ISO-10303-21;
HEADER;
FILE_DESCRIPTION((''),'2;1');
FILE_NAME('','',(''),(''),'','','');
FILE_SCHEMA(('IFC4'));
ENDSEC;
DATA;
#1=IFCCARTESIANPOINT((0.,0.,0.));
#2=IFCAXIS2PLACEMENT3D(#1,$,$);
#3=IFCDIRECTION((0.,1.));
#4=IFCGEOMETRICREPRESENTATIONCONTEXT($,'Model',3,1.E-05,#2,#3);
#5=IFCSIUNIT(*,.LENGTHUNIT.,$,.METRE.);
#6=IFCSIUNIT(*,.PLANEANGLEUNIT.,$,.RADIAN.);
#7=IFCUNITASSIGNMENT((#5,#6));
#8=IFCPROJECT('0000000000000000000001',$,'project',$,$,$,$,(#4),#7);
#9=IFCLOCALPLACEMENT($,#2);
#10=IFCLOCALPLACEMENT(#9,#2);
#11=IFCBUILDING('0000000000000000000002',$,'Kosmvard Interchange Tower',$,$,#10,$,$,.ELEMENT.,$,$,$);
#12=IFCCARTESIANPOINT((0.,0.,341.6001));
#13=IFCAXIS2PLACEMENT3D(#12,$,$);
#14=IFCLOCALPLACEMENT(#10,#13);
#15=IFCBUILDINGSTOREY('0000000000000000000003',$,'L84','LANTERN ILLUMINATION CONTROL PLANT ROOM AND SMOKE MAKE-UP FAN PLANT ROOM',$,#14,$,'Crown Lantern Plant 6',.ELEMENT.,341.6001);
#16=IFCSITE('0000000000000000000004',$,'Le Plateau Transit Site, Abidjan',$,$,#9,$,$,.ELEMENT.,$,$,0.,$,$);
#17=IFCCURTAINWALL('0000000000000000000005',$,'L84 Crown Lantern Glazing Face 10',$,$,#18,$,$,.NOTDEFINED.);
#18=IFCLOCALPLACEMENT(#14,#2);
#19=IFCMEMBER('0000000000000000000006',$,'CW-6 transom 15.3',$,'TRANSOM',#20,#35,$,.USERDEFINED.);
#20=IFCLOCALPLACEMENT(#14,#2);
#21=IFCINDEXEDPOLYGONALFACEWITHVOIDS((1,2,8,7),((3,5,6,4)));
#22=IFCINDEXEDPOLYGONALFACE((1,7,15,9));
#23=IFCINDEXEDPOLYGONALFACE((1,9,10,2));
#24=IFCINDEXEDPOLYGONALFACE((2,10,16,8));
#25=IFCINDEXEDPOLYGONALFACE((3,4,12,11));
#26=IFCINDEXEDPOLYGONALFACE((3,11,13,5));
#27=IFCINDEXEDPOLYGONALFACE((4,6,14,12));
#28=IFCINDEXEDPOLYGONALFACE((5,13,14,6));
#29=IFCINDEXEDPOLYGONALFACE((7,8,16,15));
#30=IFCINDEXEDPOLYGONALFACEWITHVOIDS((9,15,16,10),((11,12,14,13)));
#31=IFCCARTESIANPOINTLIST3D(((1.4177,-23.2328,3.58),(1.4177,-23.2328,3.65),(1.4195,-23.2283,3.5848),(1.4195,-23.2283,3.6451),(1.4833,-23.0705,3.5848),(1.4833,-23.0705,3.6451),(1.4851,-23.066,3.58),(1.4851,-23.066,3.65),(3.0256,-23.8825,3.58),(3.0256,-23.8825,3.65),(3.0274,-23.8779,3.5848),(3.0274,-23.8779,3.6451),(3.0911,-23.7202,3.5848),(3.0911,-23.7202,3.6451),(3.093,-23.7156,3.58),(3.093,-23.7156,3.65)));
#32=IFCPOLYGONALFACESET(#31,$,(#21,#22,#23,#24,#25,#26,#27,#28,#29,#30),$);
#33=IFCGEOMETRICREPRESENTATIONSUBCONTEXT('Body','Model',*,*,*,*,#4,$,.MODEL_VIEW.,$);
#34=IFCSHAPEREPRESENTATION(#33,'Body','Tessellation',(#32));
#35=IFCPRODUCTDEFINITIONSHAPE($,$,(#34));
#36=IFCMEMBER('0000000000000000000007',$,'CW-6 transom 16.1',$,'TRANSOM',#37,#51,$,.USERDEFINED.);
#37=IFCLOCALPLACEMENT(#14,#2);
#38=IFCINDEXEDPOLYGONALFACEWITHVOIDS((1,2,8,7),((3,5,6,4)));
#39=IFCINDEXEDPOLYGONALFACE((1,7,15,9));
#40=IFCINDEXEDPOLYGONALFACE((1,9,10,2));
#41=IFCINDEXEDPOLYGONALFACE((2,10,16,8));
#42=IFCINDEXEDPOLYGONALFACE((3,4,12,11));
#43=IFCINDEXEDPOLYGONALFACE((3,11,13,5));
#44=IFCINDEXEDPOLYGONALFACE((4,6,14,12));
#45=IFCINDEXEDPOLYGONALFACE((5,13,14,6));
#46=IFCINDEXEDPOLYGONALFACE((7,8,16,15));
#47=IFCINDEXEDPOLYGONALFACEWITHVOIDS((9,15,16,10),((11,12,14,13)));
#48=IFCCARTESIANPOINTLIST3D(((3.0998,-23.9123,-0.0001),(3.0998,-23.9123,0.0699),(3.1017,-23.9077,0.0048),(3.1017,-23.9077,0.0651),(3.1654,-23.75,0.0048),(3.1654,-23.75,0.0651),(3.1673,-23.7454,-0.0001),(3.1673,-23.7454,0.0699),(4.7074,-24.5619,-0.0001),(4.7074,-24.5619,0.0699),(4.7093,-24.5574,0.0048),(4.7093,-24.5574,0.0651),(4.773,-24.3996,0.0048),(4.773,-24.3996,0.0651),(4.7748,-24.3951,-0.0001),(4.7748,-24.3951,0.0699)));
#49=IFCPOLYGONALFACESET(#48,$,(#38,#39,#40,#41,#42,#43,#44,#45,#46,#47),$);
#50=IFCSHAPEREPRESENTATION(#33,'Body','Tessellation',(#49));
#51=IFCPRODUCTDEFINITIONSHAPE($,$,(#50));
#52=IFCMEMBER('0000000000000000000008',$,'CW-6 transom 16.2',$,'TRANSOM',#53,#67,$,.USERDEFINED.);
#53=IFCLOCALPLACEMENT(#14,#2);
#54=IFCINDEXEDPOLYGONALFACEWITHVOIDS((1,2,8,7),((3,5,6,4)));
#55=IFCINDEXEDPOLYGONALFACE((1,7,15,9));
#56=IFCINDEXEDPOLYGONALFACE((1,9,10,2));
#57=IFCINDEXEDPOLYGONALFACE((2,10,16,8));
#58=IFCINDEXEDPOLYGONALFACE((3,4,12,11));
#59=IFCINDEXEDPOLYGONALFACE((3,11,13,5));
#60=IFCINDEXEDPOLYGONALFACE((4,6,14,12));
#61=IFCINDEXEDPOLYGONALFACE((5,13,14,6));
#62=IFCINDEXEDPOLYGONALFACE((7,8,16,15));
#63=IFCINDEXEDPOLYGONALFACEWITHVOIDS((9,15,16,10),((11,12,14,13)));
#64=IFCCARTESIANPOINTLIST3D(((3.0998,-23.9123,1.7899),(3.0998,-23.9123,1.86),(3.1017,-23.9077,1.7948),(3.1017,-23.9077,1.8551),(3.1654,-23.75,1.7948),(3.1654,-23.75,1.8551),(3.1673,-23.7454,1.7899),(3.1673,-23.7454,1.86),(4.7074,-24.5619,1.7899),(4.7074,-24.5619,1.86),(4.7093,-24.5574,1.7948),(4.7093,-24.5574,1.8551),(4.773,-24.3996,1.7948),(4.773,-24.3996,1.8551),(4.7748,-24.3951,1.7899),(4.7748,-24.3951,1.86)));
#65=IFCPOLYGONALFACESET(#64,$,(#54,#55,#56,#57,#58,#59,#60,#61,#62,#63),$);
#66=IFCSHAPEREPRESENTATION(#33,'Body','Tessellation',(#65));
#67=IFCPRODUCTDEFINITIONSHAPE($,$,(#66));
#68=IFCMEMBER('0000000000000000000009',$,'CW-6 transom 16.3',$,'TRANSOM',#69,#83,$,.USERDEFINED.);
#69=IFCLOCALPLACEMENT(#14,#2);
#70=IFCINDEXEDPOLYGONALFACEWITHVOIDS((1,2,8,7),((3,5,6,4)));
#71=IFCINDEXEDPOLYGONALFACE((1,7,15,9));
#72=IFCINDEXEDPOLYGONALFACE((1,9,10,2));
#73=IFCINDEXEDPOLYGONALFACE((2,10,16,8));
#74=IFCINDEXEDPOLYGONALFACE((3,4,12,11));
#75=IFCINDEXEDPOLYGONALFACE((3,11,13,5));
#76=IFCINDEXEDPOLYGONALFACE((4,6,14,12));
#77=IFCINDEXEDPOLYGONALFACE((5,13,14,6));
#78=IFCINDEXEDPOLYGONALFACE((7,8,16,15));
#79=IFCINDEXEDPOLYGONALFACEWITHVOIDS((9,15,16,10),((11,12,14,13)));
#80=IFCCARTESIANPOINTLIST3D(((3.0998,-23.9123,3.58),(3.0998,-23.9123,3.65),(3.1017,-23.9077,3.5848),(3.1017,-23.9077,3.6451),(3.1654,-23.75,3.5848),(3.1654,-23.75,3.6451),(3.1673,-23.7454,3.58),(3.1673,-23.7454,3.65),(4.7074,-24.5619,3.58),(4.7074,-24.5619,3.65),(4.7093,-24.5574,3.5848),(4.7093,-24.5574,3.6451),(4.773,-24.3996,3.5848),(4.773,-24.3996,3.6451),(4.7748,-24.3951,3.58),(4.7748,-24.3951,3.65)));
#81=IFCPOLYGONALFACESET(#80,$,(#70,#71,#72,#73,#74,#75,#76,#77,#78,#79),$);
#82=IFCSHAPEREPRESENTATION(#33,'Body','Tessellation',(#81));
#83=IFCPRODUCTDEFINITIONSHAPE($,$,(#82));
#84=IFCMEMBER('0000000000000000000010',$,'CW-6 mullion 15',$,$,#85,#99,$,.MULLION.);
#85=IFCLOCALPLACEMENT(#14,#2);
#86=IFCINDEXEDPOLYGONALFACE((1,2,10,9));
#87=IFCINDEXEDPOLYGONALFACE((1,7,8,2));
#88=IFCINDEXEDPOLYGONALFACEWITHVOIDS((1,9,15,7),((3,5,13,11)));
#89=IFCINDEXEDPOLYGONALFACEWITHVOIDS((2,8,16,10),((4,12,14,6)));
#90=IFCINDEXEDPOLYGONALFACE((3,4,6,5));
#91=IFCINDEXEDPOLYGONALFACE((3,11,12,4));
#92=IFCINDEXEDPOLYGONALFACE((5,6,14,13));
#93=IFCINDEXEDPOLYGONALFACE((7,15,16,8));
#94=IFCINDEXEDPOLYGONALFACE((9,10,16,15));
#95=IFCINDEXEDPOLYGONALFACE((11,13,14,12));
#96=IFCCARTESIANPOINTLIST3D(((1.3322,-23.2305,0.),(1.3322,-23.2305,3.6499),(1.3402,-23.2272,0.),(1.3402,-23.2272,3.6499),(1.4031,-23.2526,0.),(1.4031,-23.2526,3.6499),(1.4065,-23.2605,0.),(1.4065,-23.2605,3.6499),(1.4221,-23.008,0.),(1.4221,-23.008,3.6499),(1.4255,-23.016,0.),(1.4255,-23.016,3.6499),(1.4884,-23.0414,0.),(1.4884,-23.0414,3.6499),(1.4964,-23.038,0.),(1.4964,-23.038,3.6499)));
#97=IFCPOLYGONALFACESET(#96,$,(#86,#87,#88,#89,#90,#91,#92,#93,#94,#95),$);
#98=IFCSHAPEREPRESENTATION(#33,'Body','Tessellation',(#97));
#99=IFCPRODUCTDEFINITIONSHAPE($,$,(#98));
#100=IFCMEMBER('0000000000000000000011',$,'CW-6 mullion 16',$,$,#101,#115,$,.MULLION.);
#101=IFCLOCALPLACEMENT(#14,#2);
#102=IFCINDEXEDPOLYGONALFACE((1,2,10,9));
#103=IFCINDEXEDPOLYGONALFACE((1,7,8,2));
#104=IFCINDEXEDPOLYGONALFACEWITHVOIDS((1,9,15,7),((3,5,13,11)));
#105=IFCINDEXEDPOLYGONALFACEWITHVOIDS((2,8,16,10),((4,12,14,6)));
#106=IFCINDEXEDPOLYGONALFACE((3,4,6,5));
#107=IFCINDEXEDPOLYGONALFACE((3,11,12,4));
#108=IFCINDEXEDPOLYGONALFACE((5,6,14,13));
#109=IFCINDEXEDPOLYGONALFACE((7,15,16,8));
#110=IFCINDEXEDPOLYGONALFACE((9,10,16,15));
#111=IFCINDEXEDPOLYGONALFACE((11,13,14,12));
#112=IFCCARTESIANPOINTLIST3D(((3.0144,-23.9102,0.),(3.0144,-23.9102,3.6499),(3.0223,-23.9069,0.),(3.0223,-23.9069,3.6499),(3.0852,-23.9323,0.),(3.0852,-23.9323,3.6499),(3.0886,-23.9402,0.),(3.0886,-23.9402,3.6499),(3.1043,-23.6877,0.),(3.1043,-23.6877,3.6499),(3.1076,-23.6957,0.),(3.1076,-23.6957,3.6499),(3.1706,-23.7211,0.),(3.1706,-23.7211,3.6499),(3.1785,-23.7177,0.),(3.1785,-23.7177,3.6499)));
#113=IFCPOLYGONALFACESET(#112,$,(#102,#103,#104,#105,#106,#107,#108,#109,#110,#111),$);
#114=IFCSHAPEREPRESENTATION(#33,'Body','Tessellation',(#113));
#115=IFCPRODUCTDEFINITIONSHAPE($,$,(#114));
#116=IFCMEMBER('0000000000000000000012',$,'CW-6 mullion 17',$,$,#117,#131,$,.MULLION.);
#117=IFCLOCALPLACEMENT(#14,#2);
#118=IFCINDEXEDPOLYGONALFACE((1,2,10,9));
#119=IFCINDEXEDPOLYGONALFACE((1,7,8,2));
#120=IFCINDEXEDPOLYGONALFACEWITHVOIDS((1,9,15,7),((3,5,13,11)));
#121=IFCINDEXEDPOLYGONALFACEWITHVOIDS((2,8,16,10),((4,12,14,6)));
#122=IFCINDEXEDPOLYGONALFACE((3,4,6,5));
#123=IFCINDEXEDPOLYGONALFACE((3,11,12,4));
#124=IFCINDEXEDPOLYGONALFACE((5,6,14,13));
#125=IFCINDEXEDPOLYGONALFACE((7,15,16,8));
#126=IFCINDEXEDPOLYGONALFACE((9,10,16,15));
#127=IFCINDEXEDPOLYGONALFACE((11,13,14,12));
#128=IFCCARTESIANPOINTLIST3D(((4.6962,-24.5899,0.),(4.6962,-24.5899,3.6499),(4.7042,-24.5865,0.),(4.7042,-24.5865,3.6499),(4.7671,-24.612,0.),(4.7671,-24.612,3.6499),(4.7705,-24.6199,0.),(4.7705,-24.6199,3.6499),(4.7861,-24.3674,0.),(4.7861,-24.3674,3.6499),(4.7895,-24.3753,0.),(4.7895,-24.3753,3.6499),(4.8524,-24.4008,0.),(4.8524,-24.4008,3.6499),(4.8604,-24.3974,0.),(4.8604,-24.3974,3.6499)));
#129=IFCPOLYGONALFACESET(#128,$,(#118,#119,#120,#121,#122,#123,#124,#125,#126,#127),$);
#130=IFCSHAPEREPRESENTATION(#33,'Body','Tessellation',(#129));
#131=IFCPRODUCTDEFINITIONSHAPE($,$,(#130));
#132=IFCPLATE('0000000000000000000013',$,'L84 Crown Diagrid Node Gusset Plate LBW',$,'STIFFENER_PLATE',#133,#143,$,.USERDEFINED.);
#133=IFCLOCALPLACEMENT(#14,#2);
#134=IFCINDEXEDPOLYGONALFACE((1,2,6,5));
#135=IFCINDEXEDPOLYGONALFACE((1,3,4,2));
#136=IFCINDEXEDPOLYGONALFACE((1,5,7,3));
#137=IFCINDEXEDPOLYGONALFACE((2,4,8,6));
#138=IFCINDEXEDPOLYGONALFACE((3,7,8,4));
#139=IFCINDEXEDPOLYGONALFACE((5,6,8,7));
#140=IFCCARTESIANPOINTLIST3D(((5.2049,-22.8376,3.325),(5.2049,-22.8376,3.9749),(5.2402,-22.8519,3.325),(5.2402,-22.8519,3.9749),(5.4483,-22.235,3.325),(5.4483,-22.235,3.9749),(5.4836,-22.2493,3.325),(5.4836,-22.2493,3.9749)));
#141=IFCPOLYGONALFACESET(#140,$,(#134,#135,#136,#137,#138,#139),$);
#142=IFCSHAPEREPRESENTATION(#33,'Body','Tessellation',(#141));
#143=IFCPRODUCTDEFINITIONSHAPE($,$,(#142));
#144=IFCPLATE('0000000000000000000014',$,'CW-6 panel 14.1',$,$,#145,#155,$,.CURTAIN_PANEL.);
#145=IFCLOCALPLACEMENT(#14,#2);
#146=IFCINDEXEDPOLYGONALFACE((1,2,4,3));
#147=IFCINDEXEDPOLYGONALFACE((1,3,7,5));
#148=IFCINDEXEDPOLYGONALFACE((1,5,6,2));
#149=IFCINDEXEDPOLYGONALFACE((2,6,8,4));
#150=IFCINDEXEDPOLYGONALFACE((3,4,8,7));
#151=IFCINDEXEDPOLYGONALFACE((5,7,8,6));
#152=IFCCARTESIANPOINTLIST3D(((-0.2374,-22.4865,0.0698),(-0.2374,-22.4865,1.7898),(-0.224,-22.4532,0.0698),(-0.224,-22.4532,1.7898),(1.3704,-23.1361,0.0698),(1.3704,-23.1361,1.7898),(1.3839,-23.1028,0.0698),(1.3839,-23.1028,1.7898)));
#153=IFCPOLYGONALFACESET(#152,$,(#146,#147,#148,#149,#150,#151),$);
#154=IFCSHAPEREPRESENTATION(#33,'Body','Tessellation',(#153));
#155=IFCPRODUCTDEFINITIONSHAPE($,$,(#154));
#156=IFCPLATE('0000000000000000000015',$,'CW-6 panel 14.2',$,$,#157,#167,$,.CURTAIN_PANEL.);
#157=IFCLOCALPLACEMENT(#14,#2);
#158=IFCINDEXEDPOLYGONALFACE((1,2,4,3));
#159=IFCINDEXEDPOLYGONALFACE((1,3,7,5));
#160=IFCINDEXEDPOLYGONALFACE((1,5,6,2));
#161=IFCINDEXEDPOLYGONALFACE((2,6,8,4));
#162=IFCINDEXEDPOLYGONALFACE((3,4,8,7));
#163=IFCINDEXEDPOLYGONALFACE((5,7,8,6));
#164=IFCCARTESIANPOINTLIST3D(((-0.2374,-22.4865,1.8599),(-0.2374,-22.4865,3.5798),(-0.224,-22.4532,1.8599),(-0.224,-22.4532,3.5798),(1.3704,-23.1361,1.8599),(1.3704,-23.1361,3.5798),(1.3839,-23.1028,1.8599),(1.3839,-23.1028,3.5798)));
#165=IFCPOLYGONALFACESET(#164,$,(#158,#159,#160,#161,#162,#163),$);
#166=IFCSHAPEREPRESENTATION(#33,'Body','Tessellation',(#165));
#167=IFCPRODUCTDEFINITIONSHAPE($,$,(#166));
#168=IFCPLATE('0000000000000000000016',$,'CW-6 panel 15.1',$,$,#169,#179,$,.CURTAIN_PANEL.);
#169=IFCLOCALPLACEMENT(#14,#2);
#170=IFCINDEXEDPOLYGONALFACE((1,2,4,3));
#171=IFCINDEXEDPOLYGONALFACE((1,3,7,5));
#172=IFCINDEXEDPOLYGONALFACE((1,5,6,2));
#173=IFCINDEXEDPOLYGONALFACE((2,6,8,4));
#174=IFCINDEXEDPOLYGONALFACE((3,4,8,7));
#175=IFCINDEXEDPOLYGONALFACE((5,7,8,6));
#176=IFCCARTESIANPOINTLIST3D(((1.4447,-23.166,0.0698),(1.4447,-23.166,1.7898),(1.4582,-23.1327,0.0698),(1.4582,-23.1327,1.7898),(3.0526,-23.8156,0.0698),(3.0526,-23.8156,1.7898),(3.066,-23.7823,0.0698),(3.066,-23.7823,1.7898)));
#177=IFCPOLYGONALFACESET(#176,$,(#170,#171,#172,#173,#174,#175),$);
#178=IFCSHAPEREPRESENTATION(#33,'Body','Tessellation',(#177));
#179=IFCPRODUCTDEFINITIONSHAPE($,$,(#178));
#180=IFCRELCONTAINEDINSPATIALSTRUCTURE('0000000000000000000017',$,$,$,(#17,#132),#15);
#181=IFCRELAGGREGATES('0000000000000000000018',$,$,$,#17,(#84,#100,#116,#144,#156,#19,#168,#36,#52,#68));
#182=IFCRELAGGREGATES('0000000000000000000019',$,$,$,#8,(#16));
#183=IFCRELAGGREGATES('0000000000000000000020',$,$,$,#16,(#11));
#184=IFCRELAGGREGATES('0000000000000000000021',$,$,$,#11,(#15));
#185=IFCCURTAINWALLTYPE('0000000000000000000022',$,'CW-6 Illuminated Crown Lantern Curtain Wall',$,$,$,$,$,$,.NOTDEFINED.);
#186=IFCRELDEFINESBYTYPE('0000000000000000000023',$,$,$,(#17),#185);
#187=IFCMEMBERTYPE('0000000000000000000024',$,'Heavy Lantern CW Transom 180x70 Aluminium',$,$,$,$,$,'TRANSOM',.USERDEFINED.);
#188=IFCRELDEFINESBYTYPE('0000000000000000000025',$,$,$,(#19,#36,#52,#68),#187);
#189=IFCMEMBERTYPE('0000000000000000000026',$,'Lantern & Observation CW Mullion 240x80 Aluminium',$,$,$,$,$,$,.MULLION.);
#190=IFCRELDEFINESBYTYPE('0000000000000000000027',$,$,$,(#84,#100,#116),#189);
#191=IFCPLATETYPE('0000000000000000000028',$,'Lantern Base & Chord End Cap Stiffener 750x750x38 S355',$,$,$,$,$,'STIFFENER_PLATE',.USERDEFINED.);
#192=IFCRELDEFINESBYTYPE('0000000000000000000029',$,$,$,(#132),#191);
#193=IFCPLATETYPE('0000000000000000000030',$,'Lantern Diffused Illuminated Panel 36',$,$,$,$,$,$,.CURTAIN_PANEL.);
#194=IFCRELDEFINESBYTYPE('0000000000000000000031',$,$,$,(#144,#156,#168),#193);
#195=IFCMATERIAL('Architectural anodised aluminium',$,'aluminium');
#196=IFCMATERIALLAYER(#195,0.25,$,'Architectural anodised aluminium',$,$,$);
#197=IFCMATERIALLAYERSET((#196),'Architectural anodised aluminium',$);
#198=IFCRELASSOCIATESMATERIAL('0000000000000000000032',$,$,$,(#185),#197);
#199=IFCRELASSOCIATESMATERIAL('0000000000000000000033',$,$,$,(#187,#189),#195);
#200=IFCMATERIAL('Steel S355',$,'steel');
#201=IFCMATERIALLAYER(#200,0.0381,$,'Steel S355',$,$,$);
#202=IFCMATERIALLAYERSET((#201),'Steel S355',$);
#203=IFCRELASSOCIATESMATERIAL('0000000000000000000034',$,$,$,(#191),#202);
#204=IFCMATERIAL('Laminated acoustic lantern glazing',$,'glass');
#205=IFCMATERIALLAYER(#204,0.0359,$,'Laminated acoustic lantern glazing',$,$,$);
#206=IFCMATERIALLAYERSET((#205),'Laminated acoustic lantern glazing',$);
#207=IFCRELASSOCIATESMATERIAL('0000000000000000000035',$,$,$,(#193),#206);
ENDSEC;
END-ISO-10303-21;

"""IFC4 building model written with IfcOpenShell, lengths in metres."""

from ifc_helpers import new_model, si_unit, direction, frame, origin, origin_2d, place, context, subcontext, project, spatial, rectangle, hollow_rectangle, extrude, source, transform, mapped, material, layer, layer_set, material_profile, profile_set, type_object, element, aggregate, save


model = new_model("IFC4")

# Units and contexts
model_context = context("Model", 3, precision=1e-05, world=origin(), true_north=direction((0.0, 1.0)))
body_context = subcontext(model_context, "Body", "Model", "MODEL_VIEW")
ifc_project = project(units=[si_unit("LENGTHUNIT", "METRE"), si_unit("PLANEANGLEUNIT", "RADIAN")], contexts=[model_context])

# Site, building, storey
site_placement = place(None, origin())
site = spatial("IfcSite", under=ifc_project, at=site_placement, Name="Le Plateau Transit Site, Abidjan", CompositionType="ELEMENT", RefElevation=0.0)
building_placement = place(site_placement, origin())
building = spatial("IfcBuilding", under=site, at=building_placement, Name="Kosmvard Interchange Tower", CompositionType="ELEMENT")
storey_placement = place(building_placement, frame((0.0, 0.0, 341.6001)))
storey = spatial("IfcBuildingStorey", under=building, at=storey_placement, Name="L84", Description="LANTERN ILLUMINATION CONTROL PLANT ROOM AND SMOKE MAKE-UP FAN PLANT ROOM", LongName="Crown Lantern Plant 6", CompositionType="ELEMENT", Elevation=341.6001)

# Shared definitions
ifc_material_1 = material(Name="Steel S355", Category="steel")

# Curtain wall, members
ifc_material_2 = material(Name="Architectural anodised aluminium", Category="aluminium")
ifc_layer_1 = layer(ifc_material_2, 0.25, Name="Architectural anodised aluminium")
ifc_layer_set_1 = layer_set([ifc_layer_1], Name="Architectural anodised aluminium")
curtain_wall_type = type_object("IfcCurtainWallType", Name="CW-6 Illuminated Crown Lantern Curtain Wall", PredefinedType="NOTDEFINED", material=ifc_layer_set_1)
curtain_wall_placement = place(storey_placement, origin())
curtain_wall = element("IfcCurtainWall", 1, at=curtain_wall_placement, inside=storey, type_object=curtain_wall_type, Name="L84 Crown Lantern Glazing Face 10", PredefinedType="NOTDEFINED")
ifc_material_profile_1 = material_profile(ifc_material_2, hollow_rectangle(XDim=0.1799, YDim=0.0701, WallThickness=0.0049, at=origin_2d()), Name="CWT 180x70x5")
ifc_profile_set_1 = profile_set([ifc_material_profile_1], Name="Architectural anodised aluminium")
member_type_1 = type_object("IfcMemberType", Name="Heavy Lantern CW Transom 180x70 Aluminium", ElementType="TRANSOM", PredefinedType="USERDEFINED", material=ifc_profile_set_1)
shared_shape_1 = source(origin(), body_context, "Body", "SweptSolid", [
    extrude(hollow_rectangle(XDim=0.1799, YDim=0.0701, WallThickness=0.0049, at=origin_2d()), origin(), (0.0, 0.0, 1.0), 1.7341),
])
member_1_placement = place(storey_placement, frame((1.4514, -23.1494, 3.615), z_axis=(0.92718, -0.374617, 0.0), x_axis=(0.374617, 0.92718, 0.0)))
member_1 = element("IfcMember", 2, at=member_1_placement, type_object=member_type_1, Name="CW-6 transom 15.3", ObjectType="TRANSOM", PredefinedType="USERDEFINED", context=body_context, shape_type="MappedRepresentation", body=[
    mapped(shared_shape_1, transform((0.0, 0.0, 0.0), scale=1.0)),
])
shared_shape_2 = source(origin(), body_context, "Body", "SweptSolid", [
    extrude(hollow_rectangle(XDim=0.1799, YDim=0.0701, WallThickness=0.0049, at=origin_2d()), origin(), (0.0, 0.0, 1.0), 1.7339),
])
member_2_placement = place(storey_placement, frame((3.1335, -23.8289, 0.0349), z_axis=(0.92716, -0.374666, 0.0), x_axis=(0.374666, 0.92716, 0.0)))
member_2 = element("IfcMember", 3, at=member_2_placement, type_object=member_type_1, Name="CW-6 transom 16.1", ObjectType="TRANSOM", PredefinedType="USERDEFINED", context=body_context, shape_type="MappedRepresentation", body=[
    mapped(shared_shape_2, transform((0.0, 0.0, 0.0), scale=1.0)),
])
member_3_placement = place(storey_placement, frame((3.1335, -23.8289, 1.825), z_axis=(0.92716, -0.374666, 0.0), x_axis=(0.374666, 0.92716, 0.0)))
member_3 = element("IfcMember", 4, at=member_3_placement, type_object=member_type_1, Name="CW-6 transom 16.2", ObjectType="TRANSOM", PredefinedType="USERDEFINED", context=body_context, shape_type="MappedRepresentation", body=[
    mapped(shared_shape_2, transform((0.0, 0.0, 0.0), scale=1.0)),
])
member_4_placement = place(storey_placement, frame((3.1335, -23.8289, 3.615), z_axis=(0.92716, -0.374666, 0.0), x_axis=(0.374666, 0.92716, 0.0)))
member_4 = element("IfcMember", 5, at=member_4_placement, type_object=member_type_1, Name="CW-6 transom 16.3", ObjectType="TRANSOM", PredefinedType="USERDEFINED", context=body_context, shape_type="MappedRepresentation", body=[
    mapped(shared_shape_2, transform((0.0, 0.0, 0.0), scale=1.0)),
])
ifc_material_profile_2 = material_profile(ifc_material_2, hollow_rectangle(XDim=0.24, YDim=0.0801, WallThickness=0.0061, at=origin_2d()), Name="CWM 240x80x6")
ifc_profile_set_2 = profile_set([ifc_material_profile_2], Name="Architectural anodised aluminium")
member_type_2 = type_object("IfcMemberType", Name="Lantern & Observation CW Mullion 240x80 Aluminium", PredefinedType="MULLION", material=ifc_profile_set_2)
shared_shape_3 = source(origin(), body_context, "Body", "SweptSolid", [
    extrude(hollow_rectangle(XDim=0.24, YDim=0.0801, WallThickness=0.0061, at=origin_2d()), origin(), (0.0, 0.0, 1.0), 3.6499),
])
member_5_placement = place(storey_placement, frame((1.4143, -23.1343, 0.0), z_axis=(0.0, 0.0, 1.0), x_axis=(0.374607, 0.927184, 0.0)))
member_5 = element("IfcMember", 6, at=member_5_placement, type_object=member_type_2, Name="CW-6 mullion 15", PredefinedType="MULLION", context=body_context, shape_type="MappedRepresentation", body=[
    mapped(shared_shape_3, transform((0.0, 0.0, 0.0), scale=1.0)),
])
member_6_placement = place(storey_placement, frame((3.0964, -23.814, 0.0), z_axis=(0.0, 0.0, 1.0), x_axis=(0.374607, 0.927184, 0.0)))
member_6 = element("IfcMember", 7, at=member_6_placement, type_object=member_type_2, Name="CW-6 mullion 16", PredefinedType="MULLION", context=body_context, shape_type="MappedRepresentation", body=[
    mapped(shared_shape_3, transform((0.0, 0.0, 0.0), scale=1.0)),
])
member_7_placement = place(storey_placement, frame((4.7783, -24.4937, 0.0), z_axis=(0.0, 0.0, 1.0), x_axis=(0.374607, 0.927184, 0.0)))
member_7 = element("IfcMember", 8, at=member_7_placement, type_object=member_type_2, Name="CW-6 mullion 17", PredefinedType="MULLION", context=body_context, shape_type="MappedRepresentation", body=[
    mapped(shared_shape_3, transform((0.0, 0.0, 0.0), scale=1.0)),
])

# Plates
ifc_layer_2 = layer(ifc_material_1, 0.0381, Name="Steel S355")
ifc_layer_set_2 = layer_set([ifc_layer_2], Name="Steel S355")
plate_type_1 = type_object("IfcPlateType", Name="Lantern Base & Chord End Cap Stiffener 750x750x38 S355", ElementType="STIFFENER_PLATE", PredefinedType="USERDEFINED", material=ifc_layer_set_2)
shared_shape_4 = source(origin(), body_context, "Body", "SweptSolid", [
    extrude(rectangle(XDim=0.6499, YDim=0.0381, at=origin_2d()), origin(), (0.0, 0.0, 1.0), 0.6499),
])
plate_1_placement = place(storey_placement, frame((5.3442, -22.5435, 3.325), z_axis=(0.0, 0.0, 1.0), x_axis=(0.374607, 0.927184, 0.0)))
element("IfcPlate", 9, at=plate_1_placement, inside=storey, type_object=plate_type_1, Name="L84 Crown Diagrid Node Gusset Plate LBW", ObjectType="STIFFENER_PLATE", PredefinedType="USERDEFINED", context=body_context, shape_type="MappedRepresentation", body=[
    mapped(shared_shape_4, transform((0.0, 0.0, 0.0), scale=1.0)),
])
ifc_material_3 = material(Name="Laminated acoustic lantern glazing", Category="glass")
ifc_layer_3 = layer(ifc_material_3, 0.0359, Name="Laminated acoustic lantern glazing")
ifc_layer_set_3 = layer_set([ifc_layer_3], Name="Laminated acoustic lantern glazing")
plate_type_2 = type_object("IfcPlateType", Name="Lantern Diffused Illuminated Panel 36", PredefinedType="CURTAIN_PANEL", material=ifc_layer_set_3)
shared_shape_5 = source(origin(), body_context, "Body", "SweptSolid", [
    extrude(rectangle(XDim=1.7341, YDim=0.0359, at=origin_2d()), origin(), (0.0, 0.0, 1.0), 1.72),
])
plate_2_placement = place(storey_placement, frame((0.5732, -22.7947, 0.0698), z_axis=(0.0, 0.0, 1.0), x_axis=(0.927184, -0.374607, 0.0)))
plate_2 = element("IfcPlate", 10, at=plate_2_placement, type_object=plate_type_2, Name="CW-6 panel 14.1", PredefinedType="CURTAIN_PANEL", context=body_context, shape_type="MappedRepresentation", body=[
    mapped(shared_shape_5, transform((0.0, 0.0, 0.0), scale=1.0)),
])
plate_3_placement = place(storey_placement, frame((0.5732, -22.7947, 1.8599), z_axis=(0.0, 0.0, 1.0), x_axis=(0.927184, -0.374607, 0.0)))
plate_3 = element("IfcPlate", 11, at=plate_3_placement, type_object=plate_type_2, Name="CW-6 panel 14.2", PredefinedType="CURTAIN_PANEL", context=body_context, shape_type="MappedRepresentation", body=[
    mapped(shared_shape_5, transform((0.0, 0.0, 0.0), scale=1.0)),
])
plate_4_placement = place(storey_placement, frame((2.2554, -23.4741, 0.0698), z_axis=(0.0, 0.0, 1.0), x_axis=(0.927184, -0.374607, 0.0)))
plate_4 = element("IfcPlate", 12, at=plate_4_placement, type_object=plate_type_2, Name="CW-6 panel 15.1", PredefinedType="CURTAIN_PANEL", context=body_context, shape_type="MappedRepresentation", body=[
    mapped(shared_shape_5, transform((0.0, 0.0, 0.0), scale=1.0)),
])
aggregate(curtain_wall, [member_5, member_6, member_7, plate_2, plate_3, member_1, plate_4, member_2, member_3, member_4])

save(model, "model.ifc")
